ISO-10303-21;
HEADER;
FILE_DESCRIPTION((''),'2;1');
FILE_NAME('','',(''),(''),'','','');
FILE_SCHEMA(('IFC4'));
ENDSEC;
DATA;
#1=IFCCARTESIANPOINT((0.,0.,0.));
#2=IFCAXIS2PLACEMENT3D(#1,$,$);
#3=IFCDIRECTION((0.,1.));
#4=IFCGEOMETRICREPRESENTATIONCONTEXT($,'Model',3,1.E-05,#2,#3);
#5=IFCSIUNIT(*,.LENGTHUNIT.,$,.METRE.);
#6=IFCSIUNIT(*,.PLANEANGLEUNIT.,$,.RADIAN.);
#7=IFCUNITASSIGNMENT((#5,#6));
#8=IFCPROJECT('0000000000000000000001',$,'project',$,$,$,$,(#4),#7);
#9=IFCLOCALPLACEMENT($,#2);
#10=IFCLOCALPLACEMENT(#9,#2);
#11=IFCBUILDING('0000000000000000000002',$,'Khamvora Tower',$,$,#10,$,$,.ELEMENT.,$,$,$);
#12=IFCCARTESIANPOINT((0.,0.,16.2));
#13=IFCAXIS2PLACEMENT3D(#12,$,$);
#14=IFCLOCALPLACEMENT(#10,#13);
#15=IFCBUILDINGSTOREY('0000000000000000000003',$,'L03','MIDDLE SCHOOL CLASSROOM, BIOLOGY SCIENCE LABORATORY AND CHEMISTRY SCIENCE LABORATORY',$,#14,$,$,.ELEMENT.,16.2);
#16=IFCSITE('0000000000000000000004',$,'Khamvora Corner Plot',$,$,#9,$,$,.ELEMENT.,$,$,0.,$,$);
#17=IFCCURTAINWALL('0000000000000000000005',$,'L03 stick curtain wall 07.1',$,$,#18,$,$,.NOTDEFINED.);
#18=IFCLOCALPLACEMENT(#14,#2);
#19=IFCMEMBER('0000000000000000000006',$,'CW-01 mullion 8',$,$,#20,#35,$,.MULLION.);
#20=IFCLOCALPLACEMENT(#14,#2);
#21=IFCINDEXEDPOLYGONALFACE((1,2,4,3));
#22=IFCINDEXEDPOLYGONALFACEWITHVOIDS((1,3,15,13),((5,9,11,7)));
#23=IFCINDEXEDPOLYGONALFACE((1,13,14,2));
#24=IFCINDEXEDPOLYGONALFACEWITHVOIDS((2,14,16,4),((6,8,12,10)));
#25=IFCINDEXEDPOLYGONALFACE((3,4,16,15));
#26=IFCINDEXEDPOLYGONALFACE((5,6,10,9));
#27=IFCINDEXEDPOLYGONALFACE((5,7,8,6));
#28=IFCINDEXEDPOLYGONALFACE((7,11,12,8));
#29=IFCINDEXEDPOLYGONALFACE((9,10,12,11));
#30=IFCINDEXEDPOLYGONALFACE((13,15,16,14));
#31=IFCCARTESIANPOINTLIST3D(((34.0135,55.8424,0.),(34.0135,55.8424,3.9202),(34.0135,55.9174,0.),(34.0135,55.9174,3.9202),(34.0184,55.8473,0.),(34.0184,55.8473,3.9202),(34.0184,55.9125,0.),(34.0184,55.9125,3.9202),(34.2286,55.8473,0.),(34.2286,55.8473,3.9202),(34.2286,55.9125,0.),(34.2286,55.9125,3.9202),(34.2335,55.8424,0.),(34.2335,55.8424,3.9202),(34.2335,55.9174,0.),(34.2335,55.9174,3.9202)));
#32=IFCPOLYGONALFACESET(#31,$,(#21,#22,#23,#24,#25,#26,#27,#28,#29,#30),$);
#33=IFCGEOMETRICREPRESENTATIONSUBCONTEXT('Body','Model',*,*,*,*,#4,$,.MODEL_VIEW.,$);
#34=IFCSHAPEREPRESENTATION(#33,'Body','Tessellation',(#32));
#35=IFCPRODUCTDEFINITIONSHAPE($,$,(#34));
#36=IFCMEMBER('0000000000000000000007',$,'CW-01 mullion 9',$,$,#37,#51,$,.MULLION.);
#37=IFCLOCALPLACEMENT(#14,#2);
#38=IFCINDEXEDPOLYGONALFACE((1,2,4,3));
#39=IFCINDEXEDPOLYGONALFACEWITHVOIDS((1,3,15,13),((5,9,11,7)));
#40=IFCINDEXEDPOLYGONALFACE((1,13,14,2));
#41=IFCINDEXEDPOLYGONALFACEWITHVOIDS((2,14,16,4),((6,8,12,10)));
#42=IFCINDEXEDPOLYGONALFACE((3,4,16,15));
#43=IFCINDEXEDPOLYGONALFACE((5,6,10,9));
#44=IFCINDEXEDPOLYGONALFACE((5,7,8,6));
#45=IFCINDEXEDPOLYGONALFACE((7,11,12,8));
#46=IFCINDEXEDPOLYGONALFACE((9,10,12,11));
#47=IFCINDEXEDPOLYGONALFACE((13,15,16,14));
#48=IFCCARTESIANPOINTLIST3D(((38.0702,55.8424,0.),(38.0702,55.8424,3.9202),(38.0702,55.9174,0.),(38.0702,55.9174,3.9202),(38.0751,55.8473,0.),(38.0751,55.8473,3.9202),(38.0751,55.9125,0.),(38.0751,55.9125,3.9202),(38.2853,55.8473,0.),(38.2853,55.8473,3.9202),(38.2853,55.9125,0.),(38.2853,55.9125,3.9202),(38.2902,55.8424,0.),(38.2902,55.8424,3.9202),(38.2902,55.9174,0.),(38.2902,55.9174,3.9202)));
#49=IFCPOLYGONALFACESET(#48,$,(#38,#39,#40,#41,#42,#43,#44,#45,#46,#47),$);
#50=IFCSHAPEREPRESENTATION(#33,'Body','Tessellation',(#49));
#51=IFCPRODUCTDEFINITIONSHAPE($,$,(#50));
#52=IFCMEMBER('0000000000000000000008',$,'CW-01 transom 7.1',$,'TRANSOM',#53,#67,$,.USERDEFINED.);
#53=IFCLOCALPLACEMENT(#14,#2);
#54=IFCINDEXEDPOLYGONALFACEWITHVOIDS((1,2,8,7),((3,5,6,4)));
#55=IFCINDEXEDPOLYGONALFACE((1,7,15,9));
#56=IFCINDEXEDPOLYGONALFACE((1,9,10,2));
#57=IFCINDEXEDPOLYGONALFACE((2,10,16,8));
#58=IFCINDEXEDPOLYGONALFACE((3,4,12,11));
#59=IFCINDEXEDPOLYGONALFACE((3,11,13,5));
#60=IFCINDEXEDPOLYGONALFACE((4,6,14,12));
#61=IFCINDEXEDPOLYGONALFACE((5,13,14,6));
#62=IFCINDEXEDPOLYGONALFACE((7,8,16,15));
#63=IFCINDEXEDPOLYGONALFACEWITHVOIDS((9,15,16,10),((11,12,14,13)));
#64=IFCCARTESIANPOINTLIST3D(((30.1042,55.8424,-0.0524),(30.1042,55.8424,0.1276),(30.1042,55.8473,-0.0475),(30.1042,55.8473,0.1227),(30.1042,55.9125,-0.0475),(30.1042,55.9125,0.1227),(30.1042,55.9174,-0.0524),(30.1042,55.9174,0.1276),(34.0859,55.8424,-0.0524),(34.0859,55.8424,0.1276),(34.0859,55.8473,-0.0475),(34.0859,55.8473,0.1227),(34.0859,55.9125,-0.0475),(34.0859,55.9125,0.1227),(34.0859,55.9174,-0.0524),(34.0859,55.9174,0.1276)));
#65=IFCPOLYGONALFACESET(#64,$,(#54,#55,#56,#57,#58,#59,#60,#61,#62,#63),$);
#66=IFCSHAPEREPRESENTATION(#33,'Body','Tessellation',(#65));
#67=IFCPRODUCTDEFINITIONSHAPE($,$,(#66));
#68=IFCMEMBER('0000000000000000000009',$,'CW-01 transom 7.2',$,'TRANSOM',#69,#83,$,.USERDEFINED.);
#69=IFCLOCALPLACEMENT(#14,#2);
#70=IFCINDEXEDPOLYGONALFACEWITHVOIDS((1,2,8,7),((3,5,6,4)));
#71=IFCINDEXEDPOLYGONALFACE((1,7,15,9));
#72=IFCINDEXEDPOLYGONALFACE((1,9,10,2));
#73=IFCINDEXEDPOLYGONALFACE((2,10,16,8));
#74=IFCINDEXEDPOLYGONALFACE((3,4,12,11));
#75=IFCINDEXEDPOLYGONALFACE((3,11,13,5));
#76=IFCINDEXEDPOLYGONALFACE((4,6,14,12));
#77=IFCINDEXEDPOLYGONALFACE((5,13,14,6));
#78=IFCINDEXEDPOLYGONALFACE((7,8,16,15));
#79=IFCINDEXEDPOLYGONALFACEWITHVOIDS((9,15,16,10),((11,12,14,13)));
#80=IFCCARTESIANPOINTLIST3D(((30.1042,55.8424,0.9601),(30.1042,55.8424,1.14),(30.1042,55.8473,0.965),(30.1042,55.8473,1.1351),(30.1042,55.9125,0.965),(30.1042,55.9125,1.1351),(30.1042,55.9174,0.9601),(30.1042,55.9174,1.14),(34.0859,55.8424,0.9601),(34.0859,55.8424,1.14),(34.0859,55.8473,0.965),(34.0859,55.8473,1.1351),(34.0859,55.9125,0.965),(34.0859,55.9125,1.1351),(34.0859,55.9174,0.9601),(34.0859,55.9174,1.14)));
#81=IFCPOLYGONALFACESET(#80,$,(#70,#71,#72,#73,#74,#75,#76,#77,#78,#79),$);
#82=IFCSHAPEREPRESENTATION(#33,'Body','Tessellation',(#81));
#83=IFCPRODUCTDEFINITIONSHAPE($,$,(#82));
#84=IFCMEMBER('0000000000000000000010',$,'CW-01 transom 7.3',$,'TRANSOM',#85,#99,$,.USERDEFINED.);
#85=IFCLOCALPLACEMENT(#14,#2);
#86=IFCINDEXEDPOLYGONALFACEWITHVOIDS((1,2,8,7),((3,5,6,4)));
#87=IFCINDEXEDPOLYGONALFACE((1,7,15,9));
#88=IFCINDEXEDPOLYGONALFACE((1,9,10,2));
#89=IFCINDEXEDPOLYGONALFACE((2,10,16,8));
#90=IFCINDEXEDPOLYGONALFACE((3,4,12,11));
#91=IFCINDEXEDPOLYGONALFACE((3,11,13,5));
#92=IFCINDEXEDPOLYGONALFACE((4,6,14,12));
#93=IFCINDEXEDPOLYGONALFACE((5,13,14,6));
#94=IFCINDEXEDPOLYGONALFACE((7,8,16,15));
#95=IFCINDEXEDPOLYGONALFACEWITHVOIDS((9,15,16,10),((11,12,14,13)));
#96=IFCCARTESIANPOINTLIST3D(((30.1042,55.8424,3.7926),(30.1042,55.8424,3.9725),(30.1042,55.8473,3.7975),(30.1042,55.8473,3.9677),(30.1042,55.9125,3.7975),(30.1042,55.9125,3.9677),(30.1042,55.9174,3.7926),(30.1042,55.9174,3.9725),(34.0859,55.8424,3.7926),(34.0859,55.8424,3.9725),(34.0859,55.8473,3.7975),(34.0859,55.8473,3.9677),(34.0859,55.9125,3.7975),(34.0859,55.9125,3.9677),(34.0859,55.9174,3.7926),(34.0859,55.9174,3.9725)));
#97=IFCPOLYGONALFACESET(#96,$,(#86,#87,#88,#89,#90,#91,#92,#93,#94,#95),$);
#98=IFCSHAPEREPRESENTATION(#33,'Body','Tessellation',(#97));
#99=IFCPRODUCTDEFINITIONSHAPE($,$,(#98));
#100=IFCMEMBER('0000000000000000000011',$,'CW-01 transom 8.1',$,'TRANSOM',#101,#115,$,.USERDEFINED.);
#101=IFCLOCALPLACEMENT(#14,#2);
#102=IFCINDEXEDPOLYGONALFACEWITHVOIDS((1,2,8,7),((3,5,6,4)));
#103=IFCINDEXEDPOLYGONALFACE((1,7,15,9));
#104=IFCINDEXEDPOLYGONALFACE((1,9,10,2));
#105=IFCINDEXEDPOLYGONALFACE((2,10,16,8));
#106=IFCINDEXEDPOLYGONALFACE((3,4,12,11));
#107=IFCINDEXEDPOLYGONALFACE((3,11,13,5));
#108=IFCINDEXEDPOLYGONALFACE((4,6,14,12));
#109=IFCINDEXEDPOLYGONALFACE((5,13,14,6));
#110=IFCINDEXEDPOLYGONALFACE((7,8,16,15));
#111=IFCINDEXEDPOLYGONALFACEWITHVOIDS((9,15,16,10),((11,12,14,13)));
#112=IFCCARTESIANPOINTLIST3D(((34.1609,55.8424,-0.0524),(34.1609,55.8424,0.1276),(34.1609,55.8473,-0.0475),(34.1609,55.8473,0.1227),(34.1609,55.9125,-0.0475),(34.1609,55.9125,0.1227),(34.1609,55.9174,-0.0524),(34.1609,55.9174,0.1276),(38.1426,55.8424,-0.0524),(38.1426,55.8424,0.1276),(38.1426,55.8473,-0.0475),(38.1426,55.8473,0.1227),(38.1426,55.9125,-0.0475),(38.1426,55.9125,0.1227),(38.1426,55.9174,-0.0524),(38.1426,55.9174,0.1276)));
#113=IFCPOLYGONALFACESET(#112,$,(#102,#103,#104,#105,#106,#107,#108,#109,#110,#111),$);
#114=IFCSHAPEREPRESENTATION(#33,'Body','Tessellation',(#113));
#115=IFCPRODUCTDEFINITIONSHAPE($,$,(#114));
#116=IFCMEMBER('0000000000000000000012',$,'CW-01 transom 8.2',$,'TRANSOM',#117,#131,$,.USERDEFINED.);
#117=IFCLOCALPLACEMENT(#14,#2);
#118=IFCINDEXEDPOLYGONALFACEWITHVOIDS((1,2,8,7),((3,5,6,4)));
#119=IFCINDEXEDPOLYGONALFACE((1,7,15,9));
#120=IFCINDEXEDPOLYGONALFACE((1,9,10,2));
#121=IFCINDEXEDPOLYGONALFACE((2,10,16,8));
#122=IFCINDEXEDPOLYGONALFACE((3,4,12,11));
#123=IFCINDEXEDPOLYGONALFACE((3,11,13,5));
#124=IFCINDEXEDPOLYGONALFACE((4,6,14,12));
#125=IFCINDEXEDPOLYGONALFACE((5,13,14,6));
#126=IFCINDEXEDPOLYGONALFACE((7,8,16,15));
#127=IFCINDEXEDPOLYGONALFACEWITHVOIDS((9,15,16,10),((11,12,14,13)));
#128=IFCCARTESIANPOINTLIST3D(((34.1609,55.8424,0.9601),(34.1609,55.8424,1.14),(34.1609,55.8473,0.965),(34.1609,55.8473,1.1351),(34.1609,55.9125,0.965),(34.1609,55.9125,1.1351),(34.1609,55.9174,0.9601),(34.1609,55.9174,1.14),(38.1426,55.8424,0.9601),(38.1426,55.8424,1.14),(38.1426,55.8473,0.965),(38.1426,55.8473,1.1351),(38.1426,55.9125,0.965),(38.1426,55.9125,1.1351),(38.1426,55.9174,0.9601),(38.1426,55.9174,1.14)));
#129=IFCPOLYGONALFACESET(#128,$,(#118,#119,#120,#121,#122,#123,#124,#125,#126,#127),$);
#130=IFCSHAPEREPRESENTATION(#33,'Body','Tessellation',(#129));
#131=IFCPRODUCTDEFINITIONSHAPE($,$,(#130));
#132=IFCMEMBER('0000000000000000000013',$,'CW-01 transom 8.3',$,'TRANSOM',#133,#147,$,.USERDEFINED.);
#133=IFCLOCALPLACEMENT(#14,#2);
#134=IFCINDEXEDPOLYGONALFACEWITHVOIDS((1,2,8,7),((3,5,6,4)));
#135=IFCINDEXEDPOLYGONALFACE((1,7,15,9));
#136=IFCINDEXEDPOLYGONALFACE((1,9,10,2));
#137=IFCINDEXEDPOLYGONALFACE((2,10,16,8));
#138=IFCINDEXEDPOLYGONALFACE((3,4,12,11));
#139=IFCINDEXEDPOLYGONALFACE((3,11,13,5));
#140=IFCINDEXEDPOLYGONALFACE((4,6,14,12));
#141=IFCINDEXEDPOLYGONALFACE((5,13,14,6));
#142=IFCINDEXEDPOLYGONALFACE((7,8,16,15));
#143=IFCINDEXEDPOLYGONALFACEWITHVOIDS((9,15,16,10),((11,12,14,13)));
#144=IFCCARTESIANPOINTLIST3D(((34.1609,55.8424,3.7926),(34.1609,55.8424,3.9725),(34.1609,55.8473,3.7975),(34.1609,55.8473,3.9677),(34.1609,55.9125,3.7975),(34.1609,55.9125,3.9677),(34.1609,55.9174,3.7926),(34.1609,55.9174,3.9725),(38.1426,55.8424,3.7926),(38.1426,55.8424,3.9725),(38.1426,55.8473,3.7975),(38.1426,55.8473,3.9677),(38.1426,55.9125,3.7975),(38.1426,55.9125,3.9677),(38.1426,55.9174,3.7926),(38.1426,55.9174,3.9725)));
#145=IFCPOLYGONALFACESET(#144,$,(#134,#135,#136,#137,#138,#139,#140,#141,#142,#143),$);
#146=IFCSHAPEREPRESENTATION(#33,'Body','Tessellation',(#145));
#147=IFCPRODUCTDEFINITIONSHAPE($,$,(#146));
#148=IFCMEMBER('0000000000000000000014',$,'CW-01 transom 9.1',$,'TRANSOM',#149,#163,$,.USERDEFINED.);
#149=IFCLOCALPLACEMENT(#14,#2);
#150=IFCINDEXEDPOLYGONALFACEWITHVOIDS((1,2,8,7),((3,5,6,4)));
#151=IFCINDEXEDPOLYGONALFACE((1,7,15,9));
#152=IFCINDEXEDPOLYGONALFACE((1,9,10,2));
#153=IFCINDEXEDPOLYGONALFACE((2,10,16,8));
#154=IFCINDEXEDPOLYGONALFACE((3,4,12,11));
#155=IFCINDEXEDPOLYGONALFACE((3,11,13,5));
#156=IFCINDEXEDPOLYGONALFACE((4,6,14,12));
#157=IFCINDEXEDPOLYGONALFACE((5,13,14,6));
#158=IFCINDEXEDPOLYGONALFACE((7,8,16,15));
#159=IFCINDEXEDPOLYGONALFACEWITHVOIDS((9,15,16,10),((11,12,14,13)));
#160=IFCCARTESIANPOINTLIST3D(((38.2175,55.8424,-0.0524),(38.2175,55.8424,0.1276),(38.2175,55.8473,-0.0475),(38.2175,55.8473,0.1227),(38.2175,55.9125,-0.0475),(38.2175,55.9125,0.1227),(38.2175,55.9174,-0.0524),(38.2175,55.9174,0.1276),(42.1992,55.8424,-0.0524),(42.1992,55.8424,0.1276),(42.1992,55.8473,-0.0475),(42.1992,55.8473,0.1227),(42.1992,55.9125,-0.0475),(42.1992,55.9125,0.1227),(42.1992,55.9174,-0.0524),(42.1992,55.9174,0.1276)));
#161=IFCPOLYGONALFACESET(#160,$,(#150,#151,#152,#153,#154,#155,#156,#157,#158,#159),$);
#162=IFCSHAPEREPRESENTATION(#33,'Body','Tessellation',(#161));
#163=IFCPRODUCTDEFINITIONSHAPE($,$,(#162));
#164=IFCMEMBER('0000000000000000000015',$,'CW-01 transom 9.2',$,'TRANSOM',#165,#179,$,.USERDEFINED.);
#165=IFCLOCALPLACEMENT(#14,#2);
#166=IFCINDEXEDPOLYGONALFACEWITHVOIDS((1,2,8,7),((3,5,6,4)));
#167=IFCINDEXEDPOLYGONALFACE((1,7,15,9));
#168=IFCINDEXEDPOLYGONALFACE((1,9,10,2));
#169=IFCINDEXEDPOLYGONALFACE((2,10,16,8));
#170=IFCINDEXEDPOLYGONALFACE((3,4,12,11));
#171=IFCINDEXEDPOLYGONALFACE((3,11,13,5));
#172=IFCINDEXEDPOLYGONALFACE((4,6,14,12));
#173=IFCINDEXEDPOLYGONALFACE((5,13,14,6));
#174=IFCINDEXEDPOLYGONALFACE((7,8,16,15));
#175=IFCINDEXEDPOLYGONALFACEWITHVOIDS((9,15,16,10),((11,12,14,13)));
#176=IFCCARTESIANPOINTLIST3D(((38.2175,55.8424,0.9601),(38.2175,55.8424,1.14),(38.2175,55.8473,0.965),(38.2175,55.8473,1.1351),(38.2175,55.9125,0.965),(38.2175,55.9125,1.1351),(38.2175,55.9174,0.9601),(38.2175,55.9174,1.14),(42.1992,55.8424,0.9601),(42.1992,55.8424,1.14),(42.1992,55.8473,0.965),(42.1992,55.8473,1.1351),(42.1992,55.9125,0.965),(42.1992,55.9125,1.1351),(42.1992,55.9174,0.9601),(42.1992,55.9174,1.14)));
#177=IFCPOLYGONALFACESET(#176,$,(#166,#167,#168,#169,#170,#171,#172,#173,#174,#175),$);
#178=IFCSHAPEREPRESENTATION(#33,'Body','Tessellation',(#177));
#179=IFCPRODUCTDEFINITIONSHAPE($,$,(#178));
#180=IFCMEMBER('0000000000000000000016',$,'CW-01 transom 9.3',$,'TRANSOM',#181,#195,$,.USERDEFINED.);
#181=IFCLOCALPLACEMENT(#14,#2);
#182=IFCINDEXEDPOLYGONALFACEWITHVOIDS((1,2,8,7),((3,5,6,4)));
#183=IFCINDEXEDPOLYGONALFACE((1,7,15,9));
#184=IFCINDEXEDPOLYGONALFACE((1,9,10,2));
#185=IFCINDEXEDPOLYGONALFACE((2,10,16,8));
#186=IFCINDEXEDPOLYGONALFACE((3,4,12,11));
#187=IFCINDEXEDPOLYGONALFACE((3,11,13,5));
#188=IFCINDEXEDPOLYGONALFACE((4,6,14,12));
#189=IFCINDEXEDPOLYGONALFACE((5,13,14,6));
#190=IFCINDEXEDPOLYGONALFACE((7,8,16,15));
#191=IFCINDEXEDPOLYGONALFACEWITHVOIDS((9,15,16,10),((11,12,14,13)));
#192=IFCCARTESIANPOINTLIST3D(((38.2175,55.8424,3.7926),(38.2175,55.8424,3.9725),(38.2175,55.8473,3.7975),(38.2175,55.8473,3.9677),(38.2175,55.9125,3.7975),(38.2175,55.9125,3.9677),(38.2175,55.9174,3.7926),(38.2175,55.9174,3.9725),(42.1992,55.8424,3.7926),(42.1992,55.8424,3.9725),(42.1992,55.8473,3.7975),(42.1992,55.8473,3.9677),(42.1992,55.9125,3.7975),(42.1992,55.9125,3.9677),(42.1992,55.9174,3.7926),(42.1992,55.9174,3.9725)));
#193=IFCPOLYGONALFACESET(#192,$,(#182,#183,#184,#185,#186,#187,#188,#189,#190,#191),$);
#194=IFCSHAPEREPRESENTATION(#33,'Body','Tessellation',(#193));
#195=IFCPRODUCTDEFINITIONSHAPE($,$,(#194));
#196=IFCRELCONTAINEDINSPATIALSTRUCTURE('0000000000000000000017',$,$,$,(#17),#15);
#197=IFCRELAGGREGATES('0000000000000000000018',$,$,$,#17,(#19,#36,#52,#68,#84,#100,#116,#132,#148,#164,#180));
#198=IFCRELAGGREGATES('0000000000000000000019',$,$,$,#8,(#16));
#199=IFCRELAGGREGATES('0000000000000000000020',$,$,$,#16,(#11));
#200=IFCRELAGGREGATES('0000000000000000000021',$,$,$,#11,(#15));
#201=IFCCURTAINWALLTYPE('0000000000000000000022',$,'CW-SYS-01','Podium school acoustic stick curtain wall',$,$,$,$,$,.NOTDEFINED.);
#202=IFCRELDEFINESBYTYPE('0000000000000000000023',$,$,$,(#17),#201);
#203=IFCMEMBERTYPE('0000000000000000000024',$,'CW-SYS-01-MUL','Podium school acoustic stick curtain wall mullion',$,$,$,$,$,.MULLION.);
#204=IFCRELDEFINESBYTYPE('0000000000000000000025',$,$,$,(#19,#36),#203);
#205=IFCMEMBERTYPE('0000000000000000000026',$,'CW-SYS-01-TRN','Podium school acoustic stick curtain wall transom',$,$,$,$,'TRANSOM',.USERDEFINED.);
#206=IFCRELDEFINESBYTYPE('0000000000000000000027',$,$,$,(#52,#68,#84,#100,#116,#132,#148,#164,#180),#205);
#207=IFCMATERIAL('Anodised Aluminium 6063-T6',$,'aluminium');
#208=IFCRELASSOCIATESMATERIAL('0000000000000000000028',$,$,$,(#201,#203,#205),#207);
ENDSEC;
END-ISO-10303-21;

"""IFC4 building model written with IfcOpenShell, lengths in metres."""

from ifc_helpers import new_model, si_unit, direction, frame, origin, origin_2d, place, context, subcontext, project, spatial, hollow_rectangle, extrude, material, material_profile, profile_set, type_object, element, aggregate, save


model = new_model("IFC4")

# Units and contexts
model_context = context("Model", 3, precision=1e-05, world=origin(), true_north=direction((0.0, 1.0)))
body_context = subcontext(model_context, "Body", "Model", "MODEL_VIEW")
ifc_project = project(units=[si_unit("LENGTHUNIT", "METRE"), si_unit("PLANEANGLEUNIT", "RADIAN")], contexts=[model_context])

# Site, building, storey
site_placement = place(None, origin())
site = spatial("IfcSite", under=ifc_project, at=site_placement, Name="Khamvora Corner Plot", CompositionType="ELEMENT", RefElevation=0.0)
building_placement = place(site_placement, origin())
building = spatial("IfcBuilding", under=site, at=building_placement, Name="Khamvora Tower", CompositionType="ELEMENT")
storey_placement = place(building_placement, frame((0.0, 0.0, 16.2)))
storey = spatial("IfcBuildingStorey", under=building, at=storey_placement, Name="L03", Description="MIDDLE SCHOOL CLASSROOM, BIOLOGY SCIENCE LABORATORY AND CHEMISTRY SCIENCE LABORATORY", CompositionType="ELEMENT", Elevation=16.2)

# Curtain wall, members
ifc_material_1 = material(Name="Anodised Aluminium 6063-T6", Category="aluminium")
curtain_wall_type = type_object("IfcCurtainWallType", Name="CW-SYS-01", Description="Podium school acoustic stick curtain wall", PredefinedType="NOTDEFINED", material=ifc_material_1)
curtain_wall_placement = place(storey_placement, origin())
curtain_wall = element("IfcCurtainWall", 1, at=curtain_wall_placement, inside=storey, type_object=curtain_wall_type, Name="L03 stick curtain wall 07.1", PredefinedType="NOTDEFINED")
ifc_material_profile_1 = material_profile(ifc_material_1, hollow_rectangle(XDim=0.075, YDim=0.22, WallThickness=0.0049, at=origin_2d()), Name="MUL75x220x5")
ifc_profile_set_1 = profile_set([ifc_material_profile_1], Name="Anodised Aluminium 6063-T6")
member_type_1 = type_object("IfcMemberType", Name="CW-SYS-01-MUL", Description="Podium school acoustic stick curtain wall mullion", PredefinedType="MULLION", material=ifc_profile_set_1)
member_1_placement = place(storey_placement, frame((34.1235, 55.8799, 0.0), z_axis=(0.0, 0.0, 1.0), x_axis=(0.0, 1.0, 0.0)))
member_1 = element("IfcMember", 2, at=member_1_placement, type_object=member_type_1, Name="CW-01 mullion 8", PredefinedType="MULLION", context=body_context, shape_type="SweptSolid", body=[
    extrude(hollow_rectangle(XDim=0.075, YDim=0.22, WallThickness=0.0049, at=origin_2d()), origin(), (0.0, 0.0, 1.0), 3.9202),
])
member_2_placement = place(storey_placement, frame((38.1802, 55.8799, 0.0), z_axis=(0.0, 0.0, 1.0), x_axis=(0.0, 1.0, 0.0)))
member_2 = element("IfcMember", 3, at=member_2_placement, type_object=member_type_1, Name="CW-01 mullion 9", PredefinedType="MULLION", context=body_context, shape_type="SweptSolid", body=[
    extrude(hollow_rectangle(XDim=0.075, YDim=0.22, WallThickness=0.0049, at=origin_2d()), origin(), (0.0, 0.0, 1.0), 3.9202),
])
ifc_material_profile_2 = material_profile(ifc_material_1, hollow_rectangle(XDim=0.075, YDim=0.1799, WallThickness=0.0049, at=origin_2d()), Name="TRN75x180x5")
ifc_profile_set_2 = profile_set([ifc_material_profile_2], Name="Anodised Aluminium 6063-T6")
member_type_2 = type_object("IfcMemberType", Name="CW-SYS-01-TRN", Description="Podium school acoustic stick curtain wall transom", ElementType="TRANSOM", PredefinedType="USERDEFINED", material=ifc_profile_set_2)
member_3_placement = place(storey_placement, frame((30.1042, 55.8799, 0.0376), z_axis=(1.0, 0.0, 0.0), x_axis=(0.0, 1.0, 0.0)))
member_3 = element("IfcMember", 4, at=member_3_placement, type_object=member_type_2, Name="CW-01 transom 7.1", ObjectType="TRANSOM", PredefinedType="USERDEFINED", context=body_context, shape_type="SweptSolid", body=[
    extrude(hollow_rectangle(XDim=0.075, YDim=0.1799, WallThickness=0.0049, at=origin_2d()), origin(), (0.0, 0.0, 1.0), 3.9817),
])
member_4_placement = place(storey_placement, frame((30.1042, 55.8799, 1.05), z_axis=(1.0, 0.0, 0.0), x_axis=(0.0, 1.0, 0.0)))
member_4 = element("IfcMember", 5, at=member_4_placement, type_object=member_type_2, Name="CW-01 transom 7.2", ObjectType="TRANSOM", PredefinedType="USERDEFINED", context=body_context, shape_type="SweptSolid", body=[
    extrude(hollow_rectangle(XDim=0.075, YDim=0.1799, WallThickness=0.0049, at=origin_2d()), origin(), (0.0, 0.0, 1.0), 3.9817),
])
member_5_placement = place(storey_placement, frame((30.1042, 55.8799, 3.8826), z_axis=(1.0, 0.0, 0.0), x_axis=(0.0, 1.0, 0.0)))
member_5 = element("IfcMember", 6, at=member_5_placement, type_object=member_type_2, Name="CW-01 transom 7.3", ObjectType="TRANSOM", PredefinedType="USERDEFINED", context=body_context, shape_type="SweptSolid", body=[
    extrude(hollow_rectangle(XDim=0.075, YDim=0.1799, WallThickness=0.0049, at=origin_2d()), origin(), (0.0, 0.0, 1.0), 3.9817),
])
member_6_placement = place(storey_placement, frame((34.1609, 55.8799, 0.0376), z_axis=(1.0, 0.0, 0.0), x_axis=(0.0, 1.0, 0.0)))
member_6 = element("IfcMember", 7, at=member_6_placement, type_object=member_type_2, Name="CW-01 transom 8.1", ObjectType="TRANSOM", PredefinedType="USERDEFINED", context=body_context, shape_type="SweptSolid", body=[
    extrude(hollow_rectangle(XDim=0.075, YDim=0.1799, WallThickness=0.0049, at=origin_2d()), origin(), (0.0, 0.0, 1.0), 3.9817),
])
member_7_placement = place(storey_placement, frame((34.1609, 55.8799, 1.05), z_axis=(1.0, 0.0, 0.0), x_axis=(0.0, 1.0, 0.0)))
member_7 = element("IfcMember", 8, at=member_7_placement, type_object=member_type_2, Name="CW-01 transom 8.2", ObjectType="TRANSOM", PredefinedType="USERDEFINED", context=body_context, shape_type="SweptSolid", body=[
    extrude(hollow_rectangle(XDim=0.075, YDim=0.1799, WallThickness=0.0049, at=origin_2d()), origin(), (0.0, 0.0, 1.0), 3.9817),
])
member_8_placement = place(storey_placement, frame((34.1609, 55.8799, 3.8826), z_axis=(1.0, 0.0, 0.0), x_axis=(0.0, 1.0, 0.0)))
member_8 = element("IfcMember", 9, at=member_8_placement, type_object=member_type_2, Name="CW-01 transom 8.3", ObjectType="TRANSOM", PredefinedType="USERDEFINED", context=body_context, shape_type="SweptSolid", body=[
    extrude(hollow_rectangle(XDim=0.075, YDim=0.1799, WallThickness=0.0049, at=origin_2d()), origin(), (0.0, 0.0, 1.0), 3.9817),
])
member_9_placement = place(storey_placement, frame((38.2175, 55.8799, 0.0376), z_axis=(1.0, 0.0, 0.0), x_axis=(0.0, 1.0, 0.0)))
member_9 = element("IfcMember", 10, at=member_9_placement, type_object=member_type_2, Name="CW-01 transom 9.1", ObjectType="TRANSOM", PredefinedType="USERDEFINED", context=body_context, shape_type="SweptSolid", body=[
    extrude(hollow_rectangle(XDim=0.075, YDim=0.1799, WallThickness=0.0049, at=origin_2d()), origin(), (0.0, 0.0, 1.0), 3.9817),
])
member_10_placement = place(storey_placement, frame((38.2175, 55.8799, 1.05), z_axis=(1.0, 0.0, 0.0), x_axis=(0.0, 1.0, 0.0)))
member_10 = element("IfcMember", 11, at=member_10_placement, type_object=member_type_2, Name="CW-01 transom 9.2", ObjectType="TRANSOM", PredefinedType="USERDEFINED", context=body_context, shape_type="SweptSolid", body=[
    extrude(hollow_rectangle(XDim=0.075, YDim=0.1799, WallThickness=0.0049, at=origin_2d()), origin(), (0.0, 0.0, 1.0), 3.9817),
])
member_11_placement = place(storey_placement, frame((38.2175, 55.8799, 3.8826), z_axis=(1.0, 0.0, 0.0), x_axis=(0.0, 1.0, 0.0)))
member_11 = element("IfcMember", 12, at=member_11_placement, type_object=member_type_2, Name="CW-01 transom 9.3", ObjectType="TRANSOM", PredefinedType="USERDEFINED", context=body_context, shape_type="SweptSolid", body=[
    extrude(hollow_rectangle(XDim=0.075, YDim=0.1799, WallThickness=0.0049, at=origin_2d()), origin(), (0.0, 0.0, 1.0), 3.9817),
])
aggregate(curtain_wall, [member_1, member_2, member_3, member_4, member_5, member_6, member_7, member_8, member_9, member_10, member_11])

save(model, "model.ifc")
